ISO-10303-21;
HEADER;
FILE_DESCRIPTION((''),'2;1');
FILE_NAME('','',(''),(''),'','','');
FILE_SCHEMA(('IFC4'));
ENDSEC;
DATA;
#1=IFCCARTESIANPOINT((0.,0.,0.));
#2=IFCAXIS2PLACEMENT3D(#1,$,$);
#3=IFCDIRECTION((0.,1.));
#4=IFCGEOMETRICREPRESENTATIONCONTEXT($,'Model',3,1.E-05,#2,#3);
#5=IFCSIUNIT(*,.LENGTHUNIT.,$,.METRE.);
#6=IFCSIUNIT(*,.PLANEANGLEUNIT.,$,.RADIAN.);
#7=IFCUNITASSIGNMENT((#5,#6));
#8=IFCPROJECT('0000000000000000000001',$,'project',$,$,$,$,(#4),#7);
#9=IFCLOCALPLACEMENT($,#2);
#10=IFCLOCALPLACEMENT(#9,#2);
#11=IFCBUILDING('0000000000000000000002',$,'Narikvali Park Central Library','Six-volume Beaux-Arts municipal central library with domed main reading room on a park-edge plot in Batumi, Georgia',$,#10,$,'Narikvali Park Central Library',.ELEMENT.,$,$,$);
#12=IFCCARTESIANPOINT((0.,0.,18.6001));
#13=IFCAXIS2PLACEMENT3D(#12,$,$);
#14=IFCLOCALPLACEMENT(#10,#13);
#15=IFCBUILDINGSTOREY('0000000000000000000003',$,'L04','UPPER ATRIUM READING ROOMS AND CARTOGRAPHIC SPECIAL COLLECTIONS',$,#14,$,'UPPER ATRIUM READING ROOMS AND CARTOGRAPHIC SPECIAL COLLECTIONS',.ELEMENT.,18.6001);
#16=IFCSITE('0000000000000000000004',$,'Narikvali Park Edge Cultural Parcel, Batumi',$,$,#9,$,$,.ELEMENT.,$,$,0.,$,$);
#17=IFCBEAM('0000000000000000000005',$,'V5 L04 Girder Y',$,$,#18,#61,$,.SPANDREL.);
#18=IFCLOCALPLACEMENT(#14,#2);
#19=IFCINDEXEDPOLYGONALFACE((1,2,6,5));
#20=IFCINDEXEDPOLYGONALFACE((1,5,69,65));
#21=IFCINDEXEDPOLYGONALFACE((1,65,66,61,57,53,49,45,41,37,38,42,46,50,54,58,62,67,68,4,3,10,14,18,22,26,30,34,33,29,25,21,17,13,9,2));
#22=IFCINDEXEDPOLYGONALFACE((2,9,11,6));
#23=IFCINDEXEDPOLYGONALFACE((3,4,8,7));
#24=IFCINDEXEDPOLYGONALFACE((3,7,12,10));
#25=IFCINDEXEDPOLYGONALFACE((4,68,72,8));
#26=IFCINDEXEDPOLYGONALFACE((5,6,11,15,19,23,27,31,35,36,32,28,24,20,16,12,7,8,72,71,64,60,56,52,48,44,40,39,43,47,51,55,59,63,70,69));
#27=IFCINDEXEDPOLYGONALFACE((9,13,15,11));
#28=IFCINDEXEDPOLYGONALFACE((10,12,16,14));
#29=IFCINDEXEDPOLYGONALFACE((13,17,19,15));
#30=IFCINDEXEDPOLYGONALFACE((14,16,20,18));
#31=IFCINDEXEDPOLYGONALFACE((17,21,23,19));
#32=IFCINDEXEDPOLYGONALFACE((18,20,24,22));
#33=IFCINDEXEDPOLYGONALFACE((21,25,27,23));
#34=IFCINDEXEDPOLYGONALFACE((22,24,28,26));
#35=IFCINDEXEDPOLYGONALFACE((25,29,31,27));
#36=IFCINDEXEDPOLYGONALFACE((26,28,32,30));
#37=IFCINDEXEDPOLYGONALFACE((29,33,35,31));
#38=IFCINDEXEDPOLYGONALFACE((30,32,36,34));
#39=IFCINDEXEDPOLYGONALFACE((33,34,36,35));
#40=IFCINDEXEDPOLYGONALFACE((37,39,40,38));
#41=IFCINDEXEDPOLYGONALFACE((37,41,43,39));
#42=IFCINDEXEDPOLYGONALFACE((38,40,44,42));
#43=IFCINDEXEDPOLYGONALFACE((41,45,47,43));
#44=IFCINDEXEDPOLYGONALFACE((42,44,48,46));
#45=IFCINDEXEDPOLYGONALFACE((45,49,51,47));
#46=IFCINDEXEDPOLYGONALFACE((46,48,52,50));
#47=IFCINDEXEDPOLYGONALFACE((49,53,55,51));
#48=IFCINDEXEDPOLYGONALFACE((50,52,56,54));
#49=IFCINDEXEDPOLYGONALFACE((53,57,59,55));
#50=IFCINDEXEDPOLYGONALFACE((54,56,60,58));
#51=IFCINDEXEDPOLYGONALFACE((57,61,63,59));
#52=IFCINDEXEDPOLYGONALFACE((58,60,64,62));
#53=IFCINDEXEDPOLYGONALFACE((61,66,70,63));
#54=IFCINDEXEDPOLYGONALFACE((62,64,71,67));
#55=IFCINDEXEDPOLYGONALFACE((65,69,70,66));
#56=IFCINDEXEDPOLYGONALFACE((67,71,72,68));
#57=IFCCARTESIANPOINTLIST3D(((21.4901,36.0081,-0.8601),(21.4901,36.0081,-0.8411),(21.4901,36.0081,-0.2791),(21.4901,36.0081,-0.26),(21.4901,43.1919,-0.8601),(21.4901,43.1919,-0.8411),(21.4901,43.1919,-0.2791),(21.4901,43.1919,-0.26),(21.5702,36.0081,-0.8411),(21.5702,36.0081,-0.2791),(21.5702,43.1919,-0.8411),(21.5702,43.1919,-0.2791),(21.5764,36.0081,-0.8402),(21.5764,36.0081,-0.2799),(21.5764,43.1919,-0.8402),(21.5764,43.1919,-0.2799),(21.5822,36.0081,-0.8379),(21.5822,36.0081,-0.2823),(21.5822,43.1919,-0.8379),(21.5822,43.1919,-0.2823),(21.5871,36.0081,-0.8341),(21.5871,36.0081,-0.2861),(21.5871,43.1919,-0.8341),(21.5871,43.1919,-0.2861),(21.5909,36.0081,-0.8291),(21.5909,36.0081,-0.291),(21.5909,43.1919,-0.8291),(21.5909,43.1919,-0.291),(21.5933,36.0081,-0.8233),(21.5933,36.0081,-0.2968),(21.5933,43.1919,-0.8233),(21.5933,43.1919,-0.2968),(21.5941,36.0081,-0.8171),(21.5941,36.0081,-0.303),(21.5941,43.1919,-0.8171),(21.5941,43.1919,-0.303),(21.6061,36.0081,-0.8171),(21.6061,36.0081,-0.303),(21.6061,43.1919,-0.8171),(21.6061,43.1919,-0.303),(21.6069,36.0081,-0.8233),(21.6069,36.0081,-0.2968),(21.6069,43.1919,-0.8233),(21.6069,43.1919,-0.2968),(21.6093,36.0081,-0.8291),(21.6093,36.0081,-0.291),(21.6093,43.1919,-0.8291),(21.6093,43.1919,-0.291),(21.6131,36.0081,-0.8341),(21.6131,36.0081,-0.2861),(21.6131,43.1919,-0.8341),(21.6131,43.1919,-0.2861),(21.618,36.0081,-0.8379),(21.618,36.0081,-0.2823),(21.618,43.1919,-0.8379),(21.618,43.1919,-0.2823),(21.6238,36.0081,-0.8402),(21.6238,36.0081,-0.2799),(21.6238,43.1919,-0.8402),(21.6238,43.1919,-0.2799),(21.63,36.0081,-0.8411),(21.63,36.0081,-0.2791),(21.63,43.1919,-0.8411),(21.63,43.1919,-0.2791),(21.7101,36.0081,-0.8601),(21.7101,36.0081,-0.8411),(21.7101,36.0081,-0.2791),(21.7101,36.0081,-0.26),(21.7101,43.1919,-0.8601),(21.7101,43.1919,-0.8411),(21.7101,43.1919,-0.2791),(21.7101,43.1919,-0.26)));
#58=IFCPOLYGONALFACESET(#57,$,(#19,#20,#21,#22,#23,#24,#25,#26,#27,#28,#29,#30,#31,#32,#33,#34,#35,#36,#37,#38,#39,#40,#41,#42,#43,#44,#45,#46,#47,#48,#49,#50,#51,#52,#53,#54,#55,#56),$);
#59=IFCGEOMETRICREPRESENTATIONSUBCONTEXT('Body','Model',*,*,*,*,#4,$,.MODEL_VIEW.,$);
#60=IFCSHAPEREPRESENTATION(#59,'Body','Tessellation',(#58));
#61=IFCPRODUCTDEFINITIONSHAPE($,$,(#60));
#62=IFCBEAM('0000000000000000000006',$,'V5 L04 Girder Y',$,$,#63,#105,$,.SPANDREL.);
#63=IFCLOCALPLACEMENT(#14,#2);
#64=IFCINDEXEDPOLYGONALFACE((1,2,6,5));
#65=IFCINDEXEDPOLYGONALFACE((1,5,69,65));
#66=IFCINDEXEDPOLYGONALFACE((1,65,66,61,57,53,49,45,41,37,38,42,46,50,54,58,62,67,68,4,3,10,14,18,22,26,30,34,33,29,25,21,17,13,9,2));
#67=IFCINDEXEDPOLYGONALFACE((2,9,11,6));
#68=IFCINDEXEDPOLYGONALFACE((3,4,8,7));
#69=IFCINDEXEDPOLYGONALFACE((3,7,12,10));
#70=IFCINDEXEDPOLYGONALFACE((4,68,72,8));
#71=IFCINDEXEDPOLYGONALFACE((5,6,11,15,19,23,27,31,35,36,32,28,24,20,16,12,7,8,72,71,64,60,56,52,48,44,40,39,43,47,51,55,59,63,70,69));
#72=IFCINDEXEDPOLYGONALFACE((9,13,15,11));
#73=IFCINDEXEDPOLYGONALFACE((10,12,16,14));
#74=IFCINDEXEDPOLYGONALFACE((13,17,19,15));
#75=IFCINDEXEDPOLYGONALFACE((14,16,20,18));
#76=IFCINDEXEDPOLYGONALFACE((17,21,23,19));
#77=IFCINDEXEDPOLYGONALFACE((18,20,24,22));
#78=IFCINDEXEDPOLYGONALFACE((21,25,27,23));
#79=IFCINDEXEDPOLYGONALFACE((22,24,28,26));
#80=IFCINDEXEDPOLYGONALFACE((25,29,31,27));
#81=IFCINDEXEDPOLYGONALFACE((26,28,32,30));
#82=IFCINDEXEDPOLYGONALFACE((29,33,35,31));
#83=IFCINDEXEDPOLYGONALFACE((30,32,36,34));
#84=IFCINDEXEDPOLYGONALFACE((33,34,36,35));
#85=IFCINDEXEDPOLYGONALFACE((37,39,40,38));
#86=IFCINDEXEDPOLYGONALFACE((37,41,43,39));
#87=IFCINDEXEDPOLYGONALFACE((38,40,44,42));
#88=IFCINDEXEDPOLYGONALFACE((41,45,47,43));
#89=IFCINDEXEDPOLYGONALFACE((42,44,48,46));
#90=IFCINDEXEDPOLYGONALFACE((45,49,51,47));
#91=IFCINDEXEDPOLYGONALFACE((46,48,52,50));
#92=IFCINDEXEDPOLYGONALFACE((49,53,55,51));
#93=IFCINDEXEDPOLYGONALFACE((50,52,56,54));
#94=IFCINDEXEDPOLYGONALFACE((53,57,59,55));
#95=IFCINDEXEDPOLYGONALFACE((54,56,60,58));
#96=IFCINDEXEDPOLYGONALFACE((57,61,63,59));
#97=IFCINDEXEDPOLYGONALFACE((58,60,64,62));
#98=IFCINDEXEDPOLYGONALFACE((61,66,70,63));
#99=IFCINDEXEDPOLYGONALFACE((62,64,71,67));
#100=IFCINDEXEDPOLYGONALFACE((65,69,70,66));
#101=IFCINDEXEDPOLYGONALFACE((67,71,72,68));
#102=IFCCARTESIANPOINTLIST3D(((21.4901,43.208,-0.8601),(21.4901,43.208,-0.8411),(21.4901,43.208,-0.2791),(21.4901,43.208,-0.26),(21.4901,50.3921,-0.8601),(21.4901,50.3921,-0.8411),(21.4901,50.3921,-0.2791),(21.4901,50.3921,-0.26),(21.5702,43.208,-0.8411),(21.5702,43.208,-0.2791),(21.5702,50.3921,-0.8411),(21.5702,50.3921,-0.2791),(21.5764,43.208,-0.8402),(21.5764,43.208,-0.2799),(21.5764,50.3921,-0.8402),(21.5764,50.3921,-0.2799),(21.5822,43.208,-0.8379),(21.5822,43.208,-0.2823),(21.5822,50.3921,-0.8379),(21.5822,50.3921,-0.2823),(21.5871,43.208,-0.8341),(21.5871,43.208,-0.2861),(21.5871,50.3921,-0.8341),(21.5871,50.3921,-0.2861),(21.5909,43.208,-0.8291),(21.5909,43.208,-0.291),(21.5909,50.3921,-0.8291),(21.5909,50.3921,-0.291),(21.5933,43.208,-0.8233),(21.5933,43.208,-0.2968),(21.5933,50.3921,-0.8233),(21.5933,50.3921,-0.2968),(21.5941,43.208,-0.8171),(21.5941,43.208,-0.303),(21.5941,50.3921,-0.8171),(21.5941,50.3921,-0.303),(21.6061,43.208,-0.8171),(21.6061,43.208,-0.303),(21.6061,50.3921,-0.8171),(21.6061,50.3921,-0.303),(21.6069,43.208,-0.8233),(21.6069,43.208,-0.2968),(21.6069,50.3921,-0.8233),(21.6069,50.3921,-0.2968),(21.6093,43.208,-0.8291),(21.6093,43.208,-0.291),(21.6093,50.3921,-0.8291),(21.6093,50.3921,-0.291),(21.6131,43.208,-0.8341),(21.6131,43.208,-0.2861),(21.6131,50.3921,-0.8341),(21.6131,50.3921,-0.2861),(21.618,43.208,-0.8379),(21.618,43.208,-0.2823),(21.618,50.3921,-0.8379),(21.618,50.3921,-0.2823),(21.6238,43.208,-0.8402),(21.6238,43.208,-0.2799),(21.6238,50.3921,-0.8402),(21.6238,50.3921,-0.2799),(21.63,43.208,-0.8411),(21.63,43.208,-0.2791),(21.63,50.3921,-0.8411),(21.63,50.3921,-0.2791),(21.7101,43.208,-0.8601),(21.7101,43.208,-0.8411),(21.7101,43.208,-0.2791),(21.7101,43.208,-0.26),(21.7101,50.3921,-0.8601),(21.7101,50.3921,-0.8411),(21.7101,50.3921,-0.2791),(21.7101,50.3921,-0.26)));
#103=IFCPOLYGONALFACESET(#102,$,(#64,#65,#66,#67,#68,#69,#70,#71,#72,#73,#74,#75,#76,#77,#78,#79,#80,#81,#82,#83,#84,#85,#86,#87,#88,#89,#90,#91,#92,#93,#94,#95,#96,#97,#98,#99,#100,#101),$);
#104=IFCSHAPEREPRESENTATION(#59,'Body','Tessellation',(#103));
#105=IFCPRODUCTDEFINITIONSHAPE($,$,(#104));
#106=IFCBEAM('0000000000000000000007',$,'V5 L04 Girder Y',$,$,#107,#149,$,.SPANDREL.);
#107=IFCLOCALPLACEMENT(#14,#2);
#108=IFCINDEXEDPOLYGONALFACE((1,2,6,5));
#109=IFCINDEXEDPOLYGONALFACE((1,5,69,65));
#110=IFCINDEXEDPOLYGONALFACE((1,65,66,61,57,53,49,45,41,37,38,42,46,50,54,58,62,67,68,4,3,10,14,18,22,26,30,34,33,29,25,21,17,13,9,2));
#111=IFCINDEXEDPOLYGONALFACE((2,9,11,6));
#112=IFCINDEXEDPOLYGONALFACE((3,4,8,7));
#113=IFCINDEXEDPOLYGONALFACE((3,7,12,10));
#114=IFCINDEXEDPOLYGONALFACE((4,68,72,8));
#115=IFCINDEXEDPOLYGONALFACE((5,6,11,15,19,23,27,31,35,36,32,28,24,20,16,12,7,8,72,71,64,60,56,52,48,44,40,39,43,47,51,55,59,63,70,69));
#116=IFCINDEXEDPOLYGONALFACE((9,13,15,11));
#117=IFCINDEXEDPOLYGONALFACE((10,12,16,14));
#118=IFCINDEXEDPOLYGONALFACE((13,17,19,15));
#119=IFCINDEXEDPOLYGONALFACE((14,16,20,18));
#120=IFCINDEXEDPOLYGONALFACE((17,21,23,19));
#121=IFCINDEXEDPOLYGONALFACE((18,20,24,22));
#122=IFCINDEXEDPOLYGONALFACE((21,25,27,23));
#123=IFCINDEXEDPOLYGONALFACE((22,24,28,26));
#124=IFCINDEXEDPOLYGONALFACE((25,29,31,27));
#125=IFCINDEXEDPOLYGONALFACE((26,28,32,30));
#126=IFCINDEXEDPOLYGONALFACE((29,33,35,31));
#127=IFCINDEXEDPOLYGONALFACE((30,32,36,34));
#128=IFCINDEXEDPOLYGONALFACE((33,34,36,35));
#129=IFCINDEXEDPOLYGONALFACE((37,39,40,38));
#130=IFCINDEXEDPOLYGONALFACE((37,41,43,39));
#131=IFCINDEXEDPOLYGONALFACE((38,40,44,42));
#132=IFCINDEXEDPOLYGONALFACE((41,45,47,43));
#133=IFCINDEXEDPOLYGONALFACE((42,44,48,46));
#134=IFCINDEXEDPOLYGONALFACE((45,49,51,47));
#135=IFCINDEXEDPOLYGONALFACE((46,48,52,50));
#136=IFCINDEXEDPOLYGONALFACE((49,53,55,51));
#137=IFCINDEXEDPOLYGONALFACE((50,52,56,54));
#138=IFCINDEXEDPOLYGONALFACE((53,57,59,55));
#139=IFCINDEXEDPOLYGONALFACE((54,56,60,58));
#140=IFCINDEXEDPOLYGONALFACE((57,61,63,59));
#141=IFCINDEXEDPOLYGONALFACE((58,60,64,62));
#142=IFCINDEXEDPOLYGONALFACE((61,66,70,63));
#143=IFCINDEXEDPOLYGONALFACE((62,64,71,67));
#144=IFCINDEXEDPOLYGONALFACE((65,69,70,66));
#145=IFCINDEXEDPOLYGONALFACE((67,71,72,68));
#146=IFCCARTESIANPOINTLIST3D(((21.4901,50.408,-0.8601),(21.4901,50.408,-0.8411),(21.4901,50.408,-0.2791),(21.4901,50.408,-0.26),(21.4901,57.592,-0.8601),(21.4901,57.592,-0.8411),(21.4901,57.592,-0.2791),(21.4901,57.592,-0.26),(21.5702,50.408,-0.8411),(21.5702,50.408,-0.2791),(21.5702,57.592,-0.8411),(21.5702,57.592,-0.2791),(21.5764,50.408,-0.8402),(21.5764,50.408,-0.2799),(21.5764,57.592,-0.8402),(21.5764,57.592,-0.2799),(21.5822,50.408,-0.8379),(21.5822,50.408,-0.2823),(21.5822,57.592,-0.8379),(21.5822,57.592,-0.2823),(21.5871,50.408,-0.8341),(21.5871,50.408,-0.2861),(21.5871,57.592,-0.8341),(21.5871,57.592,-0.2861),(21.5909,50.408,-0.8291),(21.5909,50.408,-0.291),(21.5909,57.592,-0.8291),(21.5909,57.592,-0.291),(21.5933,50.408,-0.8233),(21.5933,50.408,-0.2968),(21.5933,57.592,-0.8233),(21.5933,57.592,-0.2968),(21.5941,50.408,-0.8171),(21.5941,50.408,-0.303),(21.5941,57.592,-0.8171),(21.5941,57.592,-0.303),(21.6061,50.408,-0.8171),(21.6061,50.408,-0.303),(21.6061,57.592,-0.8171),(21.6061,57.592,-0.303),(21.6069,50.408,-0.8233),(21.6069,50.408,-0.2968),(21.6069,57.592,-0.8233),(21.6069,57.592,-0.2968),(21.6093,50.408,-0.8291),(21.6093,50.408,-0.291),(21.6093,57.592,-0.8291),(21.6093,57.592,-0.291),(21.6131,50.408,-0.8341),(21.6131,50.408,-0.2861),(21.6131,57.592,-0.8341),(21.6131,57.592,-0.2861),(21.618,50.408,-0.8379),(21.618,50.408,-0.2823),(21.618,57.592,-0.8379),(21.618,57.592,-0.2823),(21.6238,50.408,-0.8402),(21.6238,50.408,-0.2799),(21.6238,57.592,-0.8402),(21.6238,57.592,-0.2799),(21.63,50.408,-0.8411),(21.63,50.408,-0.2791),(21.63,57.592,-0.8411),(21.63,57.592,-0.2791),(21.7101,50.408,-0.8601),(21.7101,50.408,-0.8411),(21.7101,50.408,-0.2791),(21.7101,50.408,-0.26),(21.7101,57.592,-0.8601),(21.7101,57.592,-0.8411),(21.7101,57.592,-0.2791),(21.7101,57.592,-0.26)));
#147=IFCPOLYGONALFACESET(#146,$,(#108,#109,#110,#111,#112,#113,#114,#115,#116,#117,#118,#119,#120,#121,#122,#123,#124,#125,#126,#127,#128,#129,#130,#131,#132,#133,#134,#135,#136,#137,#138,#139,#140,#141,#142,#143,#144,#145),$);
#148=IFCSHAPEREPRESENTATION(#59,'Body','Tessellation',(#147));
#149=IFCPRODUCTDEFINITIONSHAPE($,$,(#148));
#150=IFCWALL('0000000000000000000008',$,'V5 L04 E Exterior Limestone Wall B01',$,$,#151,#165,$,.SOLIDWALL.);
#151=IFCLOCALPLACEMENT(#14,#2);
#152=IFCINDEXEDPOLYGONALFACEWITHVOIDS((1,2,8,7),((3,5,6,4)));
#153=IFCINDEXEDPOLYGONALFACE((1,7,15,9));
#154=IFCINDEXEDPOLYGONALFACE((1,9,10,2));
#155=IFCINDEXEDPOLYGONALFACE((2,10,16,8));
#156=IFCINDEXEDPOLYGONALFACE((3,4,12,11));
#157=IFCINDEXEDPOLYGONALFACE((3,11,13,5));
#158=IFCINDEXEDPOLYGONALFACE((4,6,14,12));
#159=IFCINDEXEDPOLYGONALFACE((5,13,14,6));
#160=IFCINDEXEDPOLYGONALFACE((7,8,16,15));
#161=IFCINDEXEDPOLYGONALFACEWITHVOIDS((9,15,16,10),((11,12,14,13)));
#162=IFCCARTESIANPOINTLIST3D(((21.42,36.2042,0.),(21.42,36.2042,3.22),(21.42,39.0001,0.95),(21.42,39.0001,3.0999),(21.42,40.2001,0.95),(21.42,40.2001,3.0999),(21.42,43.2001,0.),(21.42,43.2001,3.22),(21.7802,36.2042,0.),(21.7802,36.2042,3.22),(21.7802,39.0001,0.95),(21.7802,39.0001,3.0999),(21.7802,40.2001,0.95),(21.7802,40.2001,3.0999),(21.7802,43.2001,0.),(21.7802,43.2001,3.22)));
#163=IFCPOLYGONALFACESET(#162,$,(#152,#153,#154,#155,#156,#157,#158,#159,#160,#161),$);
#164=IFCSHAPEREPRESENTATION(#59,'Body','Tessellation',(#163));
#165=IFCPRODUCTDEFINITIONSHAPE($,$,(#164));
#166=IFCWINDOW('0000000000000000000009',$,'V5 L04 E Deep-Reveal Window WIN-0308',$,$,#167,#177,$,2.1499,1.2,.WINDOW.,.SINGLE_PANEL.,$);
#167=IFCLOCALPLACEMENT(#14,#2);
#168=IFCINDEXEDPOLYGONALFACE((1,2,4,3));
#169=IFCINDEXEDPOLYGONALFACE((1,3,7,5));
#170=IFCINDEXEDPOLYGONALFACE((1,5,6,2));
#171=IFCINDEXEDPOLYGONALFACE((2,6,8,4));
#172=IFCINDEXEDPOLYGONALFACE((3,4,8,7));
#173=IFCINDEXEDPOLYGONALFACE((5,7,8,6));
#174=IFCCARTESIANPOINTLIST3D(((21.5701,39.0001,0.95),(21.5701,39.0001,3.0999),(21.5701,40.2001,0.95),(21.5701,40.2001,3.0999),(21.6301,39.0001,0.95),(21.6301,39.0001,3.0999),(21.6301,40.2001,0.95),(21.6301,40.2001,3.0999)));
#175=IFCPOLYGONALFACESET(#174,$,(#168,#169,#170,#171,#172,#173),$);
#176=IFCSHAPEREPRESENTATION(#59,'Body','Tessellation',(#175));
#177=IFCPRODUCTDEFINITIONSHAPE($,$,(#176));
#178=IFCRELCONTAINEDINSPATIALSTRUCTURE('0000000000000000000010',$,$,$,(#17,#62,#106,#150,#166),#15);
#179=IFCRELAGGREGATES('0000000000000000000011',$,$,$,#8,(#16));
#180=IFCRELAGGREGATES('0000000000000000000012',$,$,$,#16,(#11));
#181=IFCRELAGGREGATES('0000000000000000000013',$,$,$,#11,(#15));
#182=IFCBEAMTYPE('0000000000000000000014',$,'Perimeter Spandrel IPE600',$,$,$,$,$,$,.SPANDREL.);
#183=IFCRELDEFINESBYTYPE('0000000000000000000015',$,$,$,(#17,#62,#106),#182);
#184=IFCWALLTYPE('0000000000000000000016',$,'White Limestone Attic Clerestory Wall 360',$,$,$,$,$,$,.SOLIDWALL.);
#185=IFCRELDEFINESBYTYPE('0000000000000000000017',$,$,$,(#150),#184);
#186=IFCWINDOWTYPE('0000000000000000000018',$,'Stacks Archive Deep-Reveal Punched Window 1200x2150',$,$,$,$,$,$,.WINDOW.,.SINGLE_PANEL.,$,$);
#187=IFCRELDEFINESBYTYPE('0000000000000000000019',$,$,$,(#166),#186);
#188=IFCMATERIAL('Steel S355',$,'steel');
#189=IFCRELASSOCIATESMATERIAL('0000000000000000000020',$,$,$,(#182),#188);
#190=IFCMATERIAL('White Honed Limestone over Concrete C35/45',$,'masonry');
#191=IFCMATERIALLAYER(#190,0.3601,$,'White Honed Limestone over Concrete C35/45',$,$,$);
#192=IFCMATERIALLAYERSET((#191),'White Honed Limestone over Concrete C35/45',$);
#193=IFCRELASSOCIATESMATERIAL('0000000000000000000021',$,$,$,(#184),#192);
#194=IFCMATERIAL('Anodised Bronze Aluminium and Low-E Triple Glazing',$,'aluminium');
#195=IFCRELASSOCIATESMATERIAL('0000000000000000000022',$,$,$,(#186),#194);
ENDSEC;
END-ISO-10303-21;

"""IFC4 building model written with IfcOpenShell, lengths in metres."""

from ifc_helpers import new_model, si_unit, direction, frame, frame_2d, origin, origin_2d, place, context, subcontext, project, spatial, rectangle, i_section, extrude, material, layer, layer_set, material_profile, profile_set, type_object, element, fill, save


model = new_model("IFC4")

# Units and contexts
model_context = context("Model", 3, precision=1e-05, world=origin(), true_north=direction((0.0, 1.0)))
body_context = subcontext(model_context, "Body", "Model", "MODEL_VIEW")
ifc_project = project(units=[si_unit("LENGTHUNIT", "METRE"), si_unit("PLANEANGLEUNIT", "RADIAN")], contexts=[model_context])

# Site, building, storey
site_placement = place(None, origin())
site = spatial("IfcSite", under=ifc_project, at=site_placement, Name="Narikvali Park Edge Cultural Parcel, Batumi", CompositionType="ELEMENT", RefElevation=0.0)
building_placement = place(site_placement, origin())
building = spatial("IfcBuilding", under=site, at=building_placement, Name="Narikvali Park Central Library", Description="Six-volume Beaux-Arts municipal central library with domed main reading room on a park-edge plot in Batumi, Georgia", LongName="Narikvali Park Central Library", CompositionType="ELEMENT")
storey_placement = place(building_placement, frame((0.0, 0.0, 18.6001)))
storey = spatial("IfcBuildingStorey", under=building, at=storey_placement, Name="L04", Description="UPPER ATRIUM READING ROOMS AND CARTOGRAPHIC SPECIAL COLLECTIONS", LongName="UPPER ATRIUM READING ROOMS AND CARTOGRAPHIC SPECIAL COLLECTIONS", CompositionType="ELEMENT", Elevation=18.6001)

# Shared definitions
ifc_material_1 = material(Name="Steel S355", Category="steel")

# Beams
ifc_material_profile_1 = material_profile(ifc_material_1, i_section(OverallWidth=0.22, OverallDepth=0.6001, WebThickness=0.012, FlangeThickness=0.019, FilletRadius=0.0239, at=origin_2d()), Name="IPE 600")
ifc_profile_set_1 = profile_set([ifc_material_profile_1], Name="Steel S355")
beam_type_1 = type_object("IfcBeamType", Name="Perimeter Spandrel IPE600", PredefinedType="SPANDREL", material=ifc_profile_set_1)
beam_1_placement = place(storey_placement, frame((21.6001, 36.0081, -0.5601), z_axis=(0.0, 1.0, 0.0), x_axis=(-1.0, 0.0, 0.0)))
element("IfcBeam", 1, at=beam_1_placement, inside=storey, type_object=beam_type_1, Name="V5 L04 Girder Y", PredefinedType="SPANDREL", context=body_context, shape_type="SweptSolid", body=[
    extrude(i_section(OverallWidth=0.22, OverallDepth=0.6001, WebThickness=0.012, FlangeThickness=0.019, FilletRadius=0.0239, at=origin_2d()), origin(), (0.0, 0.0, 1.0), 7.1838),
])
for number, where, z_axis, x_axis, name in (
    (2, (21.6001, 43.208, -0.5601), (0.0, 1.0, 0.0), (-1.0, 0.0, 0.0), "V5 L04 Girder Y"),
    (3, (21.6001, 50.408, -0.5601), (0.0, 1.0, 0.0), (-1.0, 0.0, 0.0), "V5 L04 Girder Y"),
):
    element("IfcBeam", number, at=place(storey_placement, frame(where, z_axis=z_axis, x_axis=x_axis)), inside=storey, type_object=beam_type_1, Name=name, PredefinedType="SPANDREL", context=body_context, shape_type="SweptSolid", body=[
        extrude(i_section(OverallWidth=0.22, OverallDepth=0.6001, WebThickness=0.012, FlangeThickness=0.019, FilletRadius=0.0239, at=origin_2d()), origin(), (0.0, 0.0, 1.0), 7.1841),
    ])

# Wall, opening, window
ifc_material_2 = material(Name="White Honed Limestone over Concrete C35/45", Category="masonry")
ifc_layer_1 = layer(ifc_material_2, 0.3601, Name="White Honed Limestone over Concrete C35/45")
ifc_layer_set_1 = layer_set([ifc_layer_1], Name="White Honed Limestone over Concrete C35/45")
wall_type = type_object("IfcWallType", Name="White Limestone Attic Clerestory Wall 360", PredefinedType="SOLIDWALL", material=ifc_layer_set_1)
wall_1_placement = place(storey_placement, frame((21.6001, 36.2041, 0.0), z_axis=(0.0, 0.0, 1.0), x_axis=(0.0, 1.0, 0.0)))
wall_1 = element("IfcWall", 4, at=wall_1_placement, inside=storey, type_object=wall_type, Name="V5 L04 E Exterior Limestone Wall B01", PredefinedType="SOLIDWALL", context=body_context, shape_type="SweptSolid", body=[
    extrude(rectangle(XDim=6.9958, YDim=0.3601, at=frame_2d((3.498, 0.0))), origin(), (0.0, 0.0, 1.0), 3.22),
])
opening_1_placement = place(wall_1_placement, frame((2.7959, 0.0, 0.95)))
opening_1 = element("IfcOpeningElement", 5, at=opening_1_placement, cuts=wall_1, PredefinedType="OPENING", context=body_context, shape_type="SweptSolid", body=[
    extrude(rectangle(XDim=1.2, YDim=2.1499, at=frame_2d((0.6001, 1.075))), frame((0.0, 0.1919, 0.0), z_axis=(0.0, -1.0, 0.0), x_axis=(1.0, 0.0, 0.0)), (0.0, 0.0, 1.0), 0.384),
])
ifc_material_3 = material(Name="Anodised Bronze Aluminium and Low-E Triple Glazing", Category="aluminium")
window_type = type_object("IfcWindowType", Name="Stacks Archive Deep-Reveal Punched Window 1200x2150", PartitioningType="SINGLE_PANEL", PredefinedType="WINDOW", material=ifc_material_3)
window_1_placement = place(opening_1_placement, origin())
window_1 = element("IfcWindow", 6, at=window_1_placement, inside=storey, type_object=window_type, Name="V5 L04 E Deep-Reveal Window WIN-0308", OverallHeight=2.1499, OverallWidth=1.2, PartitioningType="SINGLE_PANEL", PredefinedType="WINDOW", context=body_context, shape_type="SweptSolid", body=[
    extrude(rectangle(XDim=1.2, YDim=2.1499, at=frame_2d((0.6001, 1.075))), frame((0.0, 0.03, 0.0), z_axis=(0.0, -1.0, 0.0), x_axis=(1.0, 0.0, 0.0)), (0.0, 0.0, 1.0), 0.0601),
])
fill(opening_1, window_1)

save(model, "model.ifc")
